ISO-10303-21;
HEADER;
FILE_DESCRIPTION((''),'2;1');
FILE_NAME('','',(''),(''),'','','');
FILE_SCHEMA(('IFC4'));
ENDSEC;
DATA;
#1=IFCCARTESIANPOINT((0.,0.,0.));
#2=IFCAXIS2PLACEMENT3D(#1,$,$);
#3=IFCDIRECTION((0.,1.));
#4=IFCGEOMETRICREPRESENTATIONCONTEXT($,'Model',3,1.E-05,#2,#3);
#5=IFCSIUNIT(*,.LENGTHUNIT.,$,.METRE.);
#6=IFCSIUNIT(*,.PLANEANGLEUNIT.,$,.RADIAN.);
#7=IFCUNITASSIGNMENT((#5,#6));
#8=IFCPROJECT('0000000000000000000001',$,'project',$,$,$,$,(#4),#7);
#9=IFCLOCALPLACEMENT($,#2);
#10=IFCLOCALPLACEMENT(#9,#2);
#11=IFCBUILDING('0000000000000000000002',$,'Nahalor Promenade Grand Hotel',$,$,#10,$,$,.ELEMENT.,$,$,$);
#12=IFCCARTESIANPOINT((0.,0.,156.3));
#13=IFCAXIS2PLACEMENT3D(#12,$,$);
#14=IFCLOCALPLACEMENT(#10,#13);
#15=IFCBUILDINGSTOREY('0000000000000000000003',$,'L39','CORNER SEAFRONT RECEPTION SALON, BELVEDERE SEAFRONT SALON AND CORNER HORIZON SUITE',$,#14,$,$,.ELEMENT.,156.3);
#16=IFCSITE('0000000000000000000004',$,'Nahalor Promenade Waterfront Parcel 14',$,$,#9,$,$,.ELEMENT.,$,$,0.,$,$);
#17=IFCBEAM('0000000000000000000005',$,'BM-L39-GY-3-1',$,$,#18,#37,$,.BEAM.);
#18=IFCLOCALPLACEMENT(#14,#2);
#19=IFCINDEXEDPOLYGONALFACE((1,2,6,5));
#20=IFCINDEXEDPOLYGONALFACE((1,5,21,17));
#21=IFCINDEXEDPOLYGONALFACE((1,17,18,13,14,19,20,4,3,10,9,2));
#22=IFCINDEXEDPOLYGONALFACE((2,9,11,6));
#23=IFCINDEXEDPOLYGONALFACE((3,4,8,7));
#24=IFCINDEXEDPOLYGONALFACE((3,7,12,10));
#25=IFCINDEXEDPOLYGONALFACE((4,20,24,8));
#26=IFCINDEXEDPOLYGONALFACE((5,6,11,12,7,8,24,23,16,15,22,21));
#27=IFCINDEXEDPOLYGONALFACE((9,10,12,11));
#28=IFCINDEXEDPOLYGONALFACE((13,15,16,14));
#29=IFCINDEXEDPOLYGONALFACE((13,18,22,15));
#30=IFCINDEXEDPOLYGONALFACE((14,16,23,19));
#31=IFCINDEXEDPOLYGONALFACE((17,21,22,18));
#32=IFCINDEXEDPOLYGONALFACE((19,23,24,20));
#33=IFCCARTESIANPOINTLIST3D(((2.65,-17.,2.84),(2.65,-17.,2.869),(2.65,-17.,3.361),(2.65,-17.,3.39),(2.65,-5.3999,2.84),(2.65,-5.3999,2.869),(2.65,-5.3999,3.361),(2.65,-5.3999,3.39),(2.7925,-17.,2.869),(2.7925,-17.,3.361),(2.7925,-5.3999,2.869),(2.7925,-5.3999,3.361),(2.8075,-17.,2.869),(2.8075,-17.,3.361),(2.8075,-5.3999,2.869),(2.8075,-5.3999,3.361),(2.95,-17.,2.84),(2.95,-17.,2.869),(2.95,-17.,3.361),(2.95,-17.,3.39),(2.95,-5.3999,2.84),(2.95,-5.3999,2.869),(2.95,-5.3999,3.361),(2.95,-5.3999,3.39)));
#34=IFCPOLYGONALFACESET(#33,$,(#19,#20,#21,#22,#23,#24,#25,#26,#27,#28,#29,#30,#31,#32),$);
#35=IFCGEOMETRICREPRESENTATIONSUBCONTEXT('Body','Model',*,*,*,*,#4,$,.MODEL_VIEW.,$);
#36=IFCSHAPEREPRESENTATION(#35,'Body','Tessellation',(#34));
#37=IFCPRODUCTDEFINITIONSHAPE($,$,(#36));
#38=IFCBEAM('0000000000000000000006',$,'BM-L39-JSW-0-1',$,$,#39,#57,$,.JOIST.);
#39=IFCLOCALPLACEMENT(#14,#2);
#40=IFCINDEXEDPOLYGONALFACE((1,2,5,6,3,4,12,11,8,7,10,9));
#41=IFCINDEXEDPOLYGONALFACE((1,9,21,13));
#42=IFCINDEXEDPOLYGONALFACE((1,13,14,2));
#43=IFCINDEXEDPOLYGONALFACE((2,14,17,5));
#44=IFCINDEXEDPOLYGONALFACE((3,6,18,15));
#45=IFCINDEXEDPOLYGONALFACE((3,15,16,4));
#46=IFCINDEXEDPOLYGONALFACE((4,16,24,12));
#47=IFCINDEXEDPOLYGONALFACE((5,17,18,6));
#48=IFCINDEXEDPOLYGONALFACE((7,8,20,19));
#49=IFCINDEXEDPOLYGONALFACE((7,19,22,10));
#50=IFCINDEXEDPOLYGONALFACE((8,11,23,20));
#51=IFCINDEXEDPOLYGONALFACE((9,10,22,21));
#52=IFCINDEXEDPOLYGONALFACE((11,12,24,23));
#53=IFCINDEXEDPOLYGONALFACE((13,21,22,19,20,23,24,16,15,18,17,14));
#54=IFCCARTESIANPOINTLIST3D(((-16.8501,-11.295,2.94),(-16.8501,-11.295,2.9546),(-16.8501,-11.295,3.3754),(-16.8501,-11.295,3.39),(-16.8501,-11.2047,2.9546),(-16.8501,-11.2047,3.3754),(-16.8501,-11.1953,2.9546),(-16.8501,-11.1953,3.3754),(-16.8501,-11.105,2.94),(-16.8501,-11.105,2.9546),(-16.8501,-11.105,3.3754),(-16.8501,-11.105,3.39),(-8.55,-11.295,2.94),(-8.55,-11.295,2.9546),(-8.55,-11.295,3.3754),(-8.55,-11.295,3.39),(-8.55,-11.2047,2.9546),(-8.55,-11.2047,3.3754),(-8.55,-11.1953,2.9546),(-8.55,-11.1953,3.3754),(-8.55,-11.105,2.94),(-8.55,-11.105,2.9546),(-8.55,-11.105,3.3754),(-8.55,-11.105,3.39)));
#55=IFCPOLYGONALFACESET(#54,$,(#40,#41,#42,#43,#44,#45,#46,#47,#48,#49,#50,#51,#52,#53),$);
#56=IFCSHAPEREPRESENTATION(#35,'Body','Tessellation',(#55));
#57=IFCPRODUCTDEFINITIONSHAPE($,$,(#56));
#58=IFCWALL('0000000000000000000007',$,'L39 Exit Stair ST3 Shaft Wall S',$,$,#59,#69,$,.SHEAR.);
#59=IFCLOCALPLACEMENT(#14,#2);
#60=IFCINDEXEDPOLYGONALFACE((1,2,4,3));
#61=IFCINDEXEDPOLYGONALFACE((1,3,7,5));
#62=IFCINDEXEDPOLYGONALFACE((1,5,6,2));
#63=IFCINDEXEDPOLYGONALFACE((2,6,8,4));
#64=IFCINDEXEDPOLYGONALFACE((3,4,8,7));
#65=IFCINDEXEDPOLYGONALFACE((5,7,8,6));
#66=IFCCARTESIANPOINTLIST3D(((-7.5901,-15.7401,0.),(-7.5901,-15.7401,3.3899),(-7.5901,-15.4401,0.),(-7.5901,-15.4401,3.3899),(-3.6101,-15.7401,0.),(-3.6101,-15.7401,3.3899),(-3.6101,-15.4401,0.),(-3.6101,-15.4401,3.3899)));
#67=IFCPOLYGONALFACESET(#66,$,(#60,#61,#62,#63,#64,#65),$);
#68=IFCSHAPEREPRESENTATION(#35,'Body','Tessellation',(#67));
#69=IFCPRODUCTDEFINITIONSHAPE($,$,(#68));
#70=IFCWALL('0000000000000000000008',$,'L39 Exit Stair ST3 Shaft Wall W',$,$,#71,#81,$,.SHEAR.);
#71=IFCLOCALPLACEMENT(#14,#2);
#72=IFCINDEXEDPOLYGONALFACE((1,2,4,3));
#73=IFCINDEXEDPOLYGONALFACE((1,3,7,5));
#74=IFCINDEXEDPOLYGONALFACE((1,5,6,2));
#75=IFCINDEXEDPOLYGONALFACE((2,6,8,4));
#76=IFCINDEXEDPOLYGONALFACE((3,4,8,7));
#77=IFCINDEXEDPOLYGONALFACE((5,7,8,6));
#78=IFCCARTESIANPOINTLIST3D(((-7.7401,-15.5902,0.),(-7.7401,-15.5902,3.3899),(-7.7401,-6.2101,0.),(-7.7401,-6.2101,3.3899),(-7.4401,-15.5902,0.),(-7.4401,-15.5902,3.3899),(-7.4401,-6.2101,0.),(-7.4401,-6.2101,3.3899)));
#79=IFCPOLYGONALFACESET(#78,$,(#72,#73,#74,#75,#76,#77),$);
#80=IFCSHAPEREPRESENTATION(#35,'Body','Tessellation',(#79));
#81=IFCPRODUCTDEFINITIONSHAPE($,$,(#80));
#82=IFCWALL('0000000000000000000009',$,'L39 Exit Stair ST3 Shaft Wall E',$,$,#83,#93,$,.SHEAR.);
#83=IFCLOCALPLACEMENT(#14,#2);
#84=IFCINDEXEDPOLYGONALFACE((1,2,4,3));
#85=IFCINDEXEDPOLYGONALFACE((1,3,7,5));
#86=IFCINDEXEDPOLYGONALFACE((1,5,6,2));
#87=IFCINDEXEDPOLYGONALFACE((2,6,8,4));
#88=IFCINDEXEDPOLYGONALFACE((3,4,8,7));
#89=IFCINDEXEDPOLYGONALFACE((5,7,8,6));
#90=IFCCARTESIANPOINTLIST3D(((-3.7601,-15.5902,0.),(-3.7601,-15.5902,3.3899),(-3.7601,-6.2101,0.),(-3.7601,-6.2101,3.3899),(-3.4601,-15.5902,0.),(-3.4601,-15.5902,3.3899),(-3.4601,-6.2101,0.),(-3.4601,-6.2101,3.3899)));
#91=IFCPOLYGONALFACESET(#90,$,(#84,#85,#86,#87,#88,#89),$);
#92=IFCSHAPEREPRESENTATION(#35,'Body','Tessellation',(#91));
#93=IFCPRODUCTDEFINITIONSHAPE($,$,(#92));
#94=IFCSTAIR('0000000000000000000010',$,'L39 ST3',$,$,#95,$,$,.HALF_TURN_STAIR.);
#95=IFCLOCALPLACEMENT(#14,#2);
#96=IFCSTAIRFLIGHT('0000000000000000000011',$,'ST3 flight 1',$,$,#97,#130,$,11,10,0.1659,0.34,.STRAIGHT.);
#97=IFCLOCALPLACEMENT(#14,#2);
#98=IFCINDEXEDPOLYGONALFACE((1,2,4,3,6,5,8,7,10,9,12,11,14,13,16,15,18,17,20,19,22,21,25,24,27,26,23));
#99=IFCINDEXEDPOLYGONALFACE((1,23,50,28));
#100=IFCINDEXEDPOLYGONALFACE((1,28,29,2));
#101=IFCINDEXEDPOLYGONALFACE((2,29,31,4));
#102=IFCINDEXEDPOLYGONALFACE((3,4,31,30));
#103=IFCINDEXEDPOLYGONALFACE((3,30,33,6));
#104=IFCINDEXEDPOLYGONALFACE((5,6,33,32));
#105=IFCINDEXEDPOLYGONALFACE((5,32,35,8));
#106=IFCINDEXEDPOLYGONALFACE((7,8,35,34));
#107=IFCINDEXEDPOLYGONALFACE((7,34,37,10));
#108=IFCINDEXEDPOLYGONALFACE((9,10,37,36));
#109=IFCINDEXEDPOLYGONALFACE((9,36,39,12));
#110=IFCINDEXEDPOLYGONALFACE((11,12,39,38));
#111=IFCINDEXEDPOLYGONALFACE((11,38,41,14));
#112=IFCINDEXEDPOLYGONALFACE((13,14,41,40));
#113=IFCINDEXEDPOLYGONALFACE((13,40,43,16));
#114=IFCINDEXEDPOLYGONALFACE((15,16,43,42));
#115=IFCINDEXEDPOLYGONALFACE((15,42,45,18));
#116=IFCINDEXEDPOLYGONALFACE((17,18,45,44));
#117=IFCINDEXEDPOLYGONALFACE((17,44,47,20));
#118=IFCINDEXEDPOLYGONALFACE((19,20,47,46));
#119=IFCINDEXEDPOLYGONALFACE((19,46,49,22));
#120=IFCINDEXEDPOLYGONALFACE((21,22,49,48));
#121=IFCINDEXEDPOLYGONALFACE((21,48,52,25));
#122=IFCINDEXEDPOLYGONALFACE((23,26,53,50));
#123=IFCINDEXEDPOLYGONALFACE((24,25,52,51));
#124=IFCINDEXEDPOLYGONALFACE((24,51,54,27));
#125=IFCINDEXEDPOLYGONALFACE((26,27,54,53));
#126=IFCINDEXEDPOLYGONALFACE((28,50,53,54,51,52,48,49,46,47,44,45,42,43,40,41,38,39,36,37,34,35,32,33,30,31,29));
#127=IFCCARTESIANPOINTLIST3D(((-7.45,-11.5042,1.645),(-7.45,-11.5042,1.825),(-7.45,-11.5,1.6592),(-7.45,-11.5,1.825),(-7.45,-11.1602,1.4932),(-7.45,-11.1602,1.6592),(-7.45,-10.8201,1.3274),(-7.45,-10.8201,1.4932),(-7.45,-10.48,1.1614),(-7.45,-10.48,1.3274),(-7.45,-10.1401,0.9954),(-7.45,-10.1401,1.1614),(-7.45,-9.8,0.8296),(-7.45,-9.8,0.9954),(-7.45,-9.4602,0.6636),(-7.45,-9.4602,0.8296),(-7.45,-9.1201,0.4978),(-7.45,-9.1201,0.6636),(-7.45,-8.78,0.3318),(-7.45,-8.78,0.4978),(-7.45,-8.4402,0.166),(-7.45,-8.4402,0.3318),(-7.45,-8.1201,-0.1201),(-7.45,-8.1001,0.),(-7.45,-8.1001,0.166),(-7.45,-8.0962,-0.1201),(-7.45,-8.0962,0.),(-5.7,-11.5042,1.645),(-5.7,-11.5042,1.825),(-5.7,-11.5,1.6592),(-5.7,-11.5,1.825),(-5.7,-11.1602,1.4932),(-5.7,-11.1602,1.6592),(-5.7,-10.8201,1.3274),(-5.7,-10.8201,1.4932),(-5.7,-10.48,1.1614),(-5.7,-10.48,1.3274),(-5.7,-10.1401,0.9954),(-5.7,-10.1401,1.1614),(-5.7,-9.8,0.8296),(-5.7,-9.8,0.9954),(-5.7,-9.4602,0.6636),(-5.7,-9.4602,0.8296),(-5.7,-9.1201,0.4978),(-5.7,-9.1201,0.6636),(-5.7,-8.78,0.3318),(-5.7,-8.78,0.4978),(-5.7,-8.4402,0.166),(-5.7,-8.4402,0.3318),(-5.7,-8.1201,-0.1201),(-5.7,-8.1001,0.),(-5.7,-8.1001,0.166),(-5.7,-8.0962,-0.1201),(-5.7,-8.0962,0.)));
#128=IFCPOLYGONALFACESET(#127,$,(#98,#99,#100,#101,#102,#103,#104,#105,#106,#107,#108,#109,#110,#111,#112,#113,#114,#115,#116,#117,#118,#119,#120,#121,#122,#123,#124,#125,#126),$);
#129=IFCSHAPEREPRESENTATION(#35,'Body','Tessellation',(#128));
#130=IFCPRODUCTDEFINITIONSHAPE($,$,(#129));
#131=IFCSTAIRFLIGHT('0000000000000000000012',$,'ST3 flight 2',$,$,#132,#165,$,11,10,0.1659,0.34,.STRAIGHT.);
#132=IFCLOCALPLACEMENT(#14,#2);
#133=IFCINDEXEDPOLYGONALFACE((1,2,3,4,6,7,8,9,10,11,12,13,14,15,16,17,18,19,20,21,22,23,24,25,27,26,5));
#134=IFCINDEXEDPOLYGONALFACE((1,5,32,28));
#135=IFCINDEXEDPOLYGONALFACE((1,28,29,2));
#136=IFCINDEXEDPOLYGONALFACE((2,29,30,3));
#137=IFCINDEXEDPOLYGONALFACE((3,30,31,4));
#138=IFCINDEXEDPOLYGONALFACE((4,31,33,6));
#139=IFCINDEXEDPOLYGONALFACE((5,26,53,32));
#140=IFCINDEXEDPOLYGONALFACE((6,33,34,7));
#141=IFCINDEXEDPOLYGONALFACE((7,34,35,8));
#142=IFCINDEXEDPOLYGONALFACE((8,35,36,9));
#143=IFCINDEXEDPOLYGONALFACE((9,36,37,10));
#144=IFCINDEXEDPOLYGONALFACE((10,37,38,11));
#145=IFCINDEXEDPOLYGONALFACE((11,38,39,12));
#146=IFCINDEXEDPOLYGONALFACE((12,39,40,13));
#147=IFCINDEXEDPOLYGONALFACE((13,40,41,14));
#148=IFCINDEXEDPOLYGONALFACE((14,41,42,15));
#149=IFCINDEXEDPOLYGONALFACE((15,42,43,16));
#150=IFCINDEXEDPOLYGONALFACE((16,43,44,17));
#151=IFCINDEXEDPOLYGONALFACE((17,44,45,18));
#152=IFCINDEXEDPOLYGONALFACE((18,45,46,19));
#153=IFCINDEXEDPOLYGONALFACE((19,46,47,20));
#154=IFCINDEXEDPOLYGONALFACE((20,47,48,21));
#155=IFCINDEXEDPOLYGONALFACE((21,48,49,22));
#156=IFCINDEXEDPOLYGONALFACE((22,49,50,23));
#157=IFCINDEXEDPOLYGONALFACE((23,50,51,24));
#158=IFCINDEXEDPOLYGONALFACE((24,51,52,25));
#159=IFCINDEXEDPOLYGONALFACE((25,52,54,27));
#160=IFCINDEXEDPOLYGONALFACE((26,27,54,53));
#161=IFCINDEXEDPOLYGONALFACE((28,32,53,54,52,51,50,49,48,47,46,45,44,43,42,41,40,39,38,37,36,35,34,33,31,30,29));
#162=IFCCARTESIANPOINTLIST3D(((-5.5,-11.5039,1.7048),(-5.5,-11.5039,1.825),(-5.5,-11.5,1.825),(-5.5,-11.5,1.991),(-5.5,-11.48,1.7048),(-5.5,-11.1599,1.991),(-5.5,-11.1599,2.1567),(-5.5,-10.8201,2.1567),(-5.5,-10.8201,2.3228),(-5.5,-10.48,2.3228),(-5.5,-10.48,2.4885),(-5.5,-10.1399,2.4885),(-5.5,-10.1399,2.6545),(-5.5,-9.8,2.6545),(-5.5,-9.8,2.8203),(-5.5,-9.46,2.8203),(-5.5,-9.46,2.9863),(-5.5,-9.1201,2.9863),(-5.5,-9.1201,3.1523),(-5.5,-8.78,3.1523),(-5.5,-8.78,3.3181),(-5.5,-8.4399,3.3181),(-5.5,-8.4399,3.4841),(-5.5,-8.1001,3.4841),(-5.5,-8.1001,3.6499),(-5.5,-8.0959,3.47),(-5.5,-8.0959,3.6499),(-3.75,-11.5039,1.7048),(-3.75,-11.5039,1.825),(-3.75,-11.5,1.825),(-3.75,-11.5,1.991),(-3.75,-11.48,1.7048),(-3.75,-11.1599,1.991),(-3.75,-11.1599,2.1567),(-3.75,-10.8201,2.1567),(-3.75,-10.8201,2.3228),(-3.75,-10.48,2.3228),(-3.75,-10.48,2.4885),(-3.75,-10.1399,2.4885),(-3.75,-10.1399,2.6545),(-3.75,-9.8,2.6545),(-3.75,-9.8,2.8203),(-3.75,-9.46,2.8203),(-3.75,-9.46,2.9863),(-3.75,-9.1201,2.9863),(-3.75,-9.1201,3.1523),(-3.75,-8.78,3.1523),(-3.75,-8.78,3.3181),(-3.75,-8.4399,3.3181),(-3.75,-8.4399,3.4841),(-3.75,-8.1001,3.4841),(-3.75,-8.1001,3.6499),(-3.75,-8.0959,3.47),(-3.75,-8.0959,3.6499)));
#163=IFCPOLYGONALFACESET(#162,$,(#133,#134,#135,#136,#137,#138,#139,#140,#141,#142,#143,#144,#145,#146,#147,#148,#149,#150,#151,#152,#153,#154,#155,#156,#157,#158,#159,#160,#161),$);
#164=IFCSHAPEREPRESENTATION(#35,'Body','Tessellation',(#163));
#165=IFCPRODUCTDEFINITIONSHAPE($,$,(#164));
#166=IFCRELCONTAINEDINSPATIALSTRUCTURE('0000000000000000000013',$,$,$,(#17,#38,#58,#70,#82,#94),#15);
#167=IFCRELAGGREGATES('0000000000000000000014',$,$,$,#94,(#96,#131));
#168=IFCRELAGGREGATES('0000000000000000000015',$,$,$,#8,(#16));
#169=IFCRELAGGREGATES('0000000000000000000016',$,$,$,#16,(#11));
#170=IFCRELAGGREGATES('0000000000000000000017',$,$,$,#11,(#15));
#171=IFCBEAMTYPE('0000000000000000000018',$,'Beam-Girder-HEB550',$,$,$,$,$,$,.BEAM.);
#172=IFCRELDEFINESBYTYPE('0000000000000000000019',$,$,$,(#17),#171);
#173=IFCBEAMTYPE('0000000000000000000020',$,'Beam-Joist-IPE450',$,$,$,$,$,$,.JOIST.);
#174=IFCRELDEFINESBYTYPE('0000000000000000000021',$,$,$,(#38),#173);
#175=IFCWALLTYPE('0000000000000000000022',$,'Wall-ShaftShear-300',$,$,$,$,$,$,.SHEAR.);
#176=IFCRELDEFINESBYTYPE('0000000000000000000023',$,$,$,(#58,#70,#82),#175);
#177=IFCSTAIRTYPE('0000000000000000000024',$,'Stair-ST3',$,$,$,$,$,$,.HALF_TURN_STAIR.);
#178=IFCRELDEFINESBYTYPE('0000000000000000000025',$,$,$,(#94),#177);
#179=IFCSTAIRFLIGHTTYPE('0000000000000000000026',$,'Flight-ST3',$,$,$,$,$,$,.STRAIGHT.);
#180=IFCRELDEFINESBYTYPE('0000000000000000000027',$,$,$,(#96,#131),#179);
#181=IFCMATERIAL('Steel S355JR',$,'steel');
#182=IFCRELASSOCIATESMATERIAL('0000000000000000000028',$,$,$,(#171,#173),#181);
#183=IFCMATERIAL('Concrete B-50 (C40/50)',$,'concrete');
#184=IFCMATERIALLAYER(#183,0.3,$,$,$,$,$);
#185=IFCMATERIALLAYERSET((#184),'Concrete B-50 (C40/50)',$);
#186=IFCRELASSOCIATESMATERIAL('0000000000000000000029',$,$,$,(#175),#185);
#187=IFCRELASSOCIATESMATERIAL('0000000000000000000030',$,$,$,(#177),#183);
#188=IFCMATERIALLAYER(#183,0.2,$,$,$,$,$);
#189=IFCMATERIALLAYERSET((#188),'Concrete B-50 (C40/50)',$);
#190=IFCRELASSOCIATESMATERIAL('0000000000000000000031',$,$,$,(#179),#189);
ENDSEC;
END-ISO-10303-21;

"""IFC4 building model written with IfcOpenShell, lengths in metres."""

from ifc_helpers import new_model, si_unit, direction, frame, frame_2d, origin, origin_2d, place, context, subcontext, project, spatial, polyline, rectangle, i_section, outline, extrude, source, transform, mapped, material, layer, layer_set, material_profile, profile_set, type_object, element, aggregate, save


model = new_model("IFC4")

# Units and contexts
model_context = context("Model", 3, precision=1e-05, world=origin(), true_north=direction((0.0, 1.0)))
body_context = subcontext(model_context, "Body", "Model", "MODEL_VIEW")
ifc_project = project(units=[si_unit("LENGTHUNIT", "METRE"), si_unit("PLANEANGLEUNIT", "RADIAN")], contexts=[model_context])

# Site, building, storey
site_placement = place(None, origin())
site = spatial("IfcSite", under=ifc_project, at=site_placement, Name="Nahalor Promenade Waterfront Parcel 14", CompositionType="ELEMENT", RefElevation=0.0)
building_placement = place(site_placement, origin())
building = spatial("IfcBuilding", under=site, at=building_placement, Name="Nahalor Promenade Grand Hotel", CompositionType="ELEMENT")
storey_placement = place(building_placement, frame((0.0, 0.0, 156.3)))
storey = spatial("IfcBuildingStorey", under=building, at=storey_placement, Name="L39", Description="CORNER SEAFRONT RECEPTION SALON, BELVEDERE SEAFRONT SALON AND CORNER HORIZON SUITE", CompositionType="ELEMENT", Elevation=156.3)

# Beams
ifc_material_1 = material(Name="Steel S355JR", Category="steel")
ifc_material_profile_1 = material_profile(ifc_material_1, i_section(OverallWidth=0.3, OverallDepth=0.55, WebThickness=0.015, FlangeThickness=0.029, at=origin_2d()), Name="HEB 550")
ifc_profile_set_1 = profile_set([ifc_material_profile_1], Name="Steel S355JR")
beam_type_1 = type_object("IfcBeamType", Name="Beam-Girder-HEB550", PredefinedType="BEAM", material=ifc_profile_set_1)
shared_shape_1 = source(origin(), body_context, "Body", "SweptSolid", [
    extrude(i_section(OverallWidth=0.3, OverallDepth=0.55, WebThickness=0.015, FlangeThickness=0.029, at=origin_2d()), origin(), (0.0, 0.0, 1.0), 11.6001),
])
for number, where, z_axis, x_axis, name in (
    (1, (2.8, -17.0, 3.115), (0.0, 1.0, 0.0), (-1.0, 0.0, 0.0), "BM-L39-GY-3-1"),
):
    element("IfcBeam", number, at=place(storey_placement, frame(where, z_axis=z_axis, x_axis=x_axis)), inside=storey, type_object=beam_type_1, Name=name, PredefinedType="BEAM", context=body_context, shape_type="MappedRepresentation", body=[
        mapped(shared_shape_1, transform((0.0, 0.0, 0.0), scale=1.0)),
    ])
ifc_material_profile_2 = material_profile(ifc_material_1, i_section(OverallWidth=0.19, OverallDepth=0.45, WebThickness=0.0094, FlangeThickness=0.0146, at=origin_2d()), Name="IPE 450")
ifc_profile_set_2 = profile_set([ifc_material_profile_2], Name="Steel S355JR")
beam_type_2 = type_object("IfcBeamType", Name="Beam-Joist-IPE450", PredefinedType="JOIST", material=ifc_profile_set_2)
shared_shape_2 = source(origin(), body_context, "Body", "SweptSolid", [
    extrude(i_section(OverallWidth=0.19, OverallDepth=0.45, WebThickness=0.0094, FlangeThickness=0.0146, at=origin_2d()), origin(), (0.0, 0.0, 1.0), 8.3),
])
beam_placement = place(storey_placement, frame((-16.8501, -11.2, 3.165), z_axis=(1.0, 0.0, 0.0), x_axis=(0.0, 1.0, 0.0)))
element("IfcBeam", 2, at=beam_placement, inside=storey, type_object=beam_type_2, Name="BM-L39-JSW-0-1", PredefinedType="JOIST", context=body_context, shape_type="MappedRepresentation", body=[
    mapped(shared_shape_2, transform((0.0, 0.0, 0.0), scale=1.0)),
])

# Wall
ifc_material_2 = material(Name="Concrete B-50 (C40/50)", Category="concrete")
ifc_layer_1 = layer(ifc_material_2, 0.3)
ifc_layer_set_1 = layer_set([ifc_layer_1], Name="Concrete B-50 (C40/50)")
wall_type = type_object("IfcWallType", Name="Wall-ShaftShear-300", PredefinedType="SHEAR", material=ifc_layer_set_1)
shared_shape_3 = source(origin(), body_context, "Body", "SweptSolid", [
    extrude(rectangle(XDim=3.98, YDim=0.3, at=frame_2d((1.99, 0.0))), origin(), (0.0, 0.0, 1.0), 3.3899),
])
wall_1_placement = place(storey_placement, frame((-7.5901, -15.5901, 0.0), z_axis=(0.0, 0.0, 1.0), x_axis=(1.0, 0.0, 0.0)))
element("IfcWall", 3, at=wall_1_placement, inside=storey, type_object=wall_type, Name="L39 Exit Stair ST3 Shaft Wall S", PredefinedType="SHEAR", context=body_context, shape_type="MappedRepresentation", body=[
    mapped(shared_shape_3, transform((0.0, 0.0, 0.0), scale=1.0)),
])

# Walls
shared_shape_4 = source(origin(), body_context, "Body", "SweptSolid", [
    extrude(rectangle(XDim=9.3801, YDim=0.3, at=frame_2d((4.6899, 0.0))), origin(), (0.0, 0.0, 1.0), 3.3899),
])
for number, where, z_axis, x_axis, name in (
    (4, (-7.5901, -15.5901, 0.0), (0.0, 0.0, 1.0), (0.0, 1.0, 0.0), "L39 Exit Stair ST3 Shaft Wall W"),
    (5, (-3.6101, -15.5901, 0.0), (0.0, 0.0, 1.0), (0.0, 1.0, 0.0), "L39 Exit Stair ST3 Shaft Wall E"),
):
    element("IfcWall", number, at=place(storey_placement, frame(where, z_axis=z_axis, x_axis=x_axis)), inside=storey, type_object=wall_type, Name=name, PredefinedType="SHEAR", context=body_context, shape_type="MappedRepresentation", body=[
        mapped(shared_shape_4, transform((0.0, 0.0, 0.0), scale=1.0)),
    ])

# Stair, stair flights
stair_type = type_object("IfcStairType", Name="Stair-ST3", PredefinedType="HALF_TURN_STAIR", material=ifc_material_2)
stair_placement = place(storey_placement, origin())
stair = element("IfcStair", 6, at=stair_placement, inside=storey, type_object=stair_type, Name="L39 ST3", PredefinedType="HALF_TURN_STAIR")
ifc_layer_2 = layer(ifc_material_2, 0.2)
ifc_layer_set_2 = layer_set([ifc_layer_2], Name="Concrete B-50 (C40/50)")
stair_flight_type = type_object("IfcStairFlightType", Name="Flight-ST3", PredefinedType="STRAIGHT", material=ifc_layer_set_2)
shared_shape_5 = source(origin(), body_context, "Body", "SweptSolid", [
    extrude(outline(polyline([(-0.0039, -0.1201), (-0.0039, 0.0), (0.0, 0.0), (0.0, 0.166), (0.3401, 0.166), (0.3401, 0.3318), (0.6799, 0.3318), (0.6799, 0.4978), (1.02, 0.4978), (1.02, 0.6636), (1.3601, 0.6636), (1.3601, 0.8296), (1.7, 0.8296), (1.7, 0.9954), (2.04, 0.9954), (2.04, 1.1614), (2.3799, 1.1614), (2.3799, 1.3274), (2.72, 1.3274), (2.72, 1.4932), (3.0601, 1.4932), (3.0601, 1.6592), (3.3999, 1.6592), (3.3999, 1.825), (3.4041, 1.825), (3.4041, 1.645), (0.02, -0.1201), (-0.0039, -0.1201)])), frame((0.0, 0.875, 0.0), z_axis=(0.0, -1.0, 0.0), x_axis=(1.0, 0.0, 0.0)), (0.0, 0.0, 1.0), 1.75),
])
stair_flight_1_placement = place(storey_placement, frame((-6.575, -8.1001, 0.0), z_axis=(0.0, 0.0, 1.0), x_axis=(0.0, -1.0, 0.0)))
stair_flight_1 = element("IfcStairFlight", 7, at=stair_flight_1_placement, type_object=stair_flight_type, Name="ST3 flight 1", NumberOfRisers=11, NumberOfTreads=10, PredefinedType="STRAIGHT", RiserHeight=0.1659, TreadLength=0.34, context=body_context, shape_type="MappedRepresentation", body=[
    mapped(shared_shape_5, transform((0.0, 0.0, 0.0), scale=1.0)),
])
stair_flight_2_placement = place(storey_placement, frame((-4.625, -11.5, 1.825), z_axis=(0.0, 0.0, 1.0), x_axis=(0.0, 1.0, 0.0)))
stair_flight_2 = element("IfcStairFlight", 8, at=stair_flight_2_placement, type_object=stair_flight_type, Name="ST3 flight 2", NumberOfRisers=11, NumberOfTreads=10, PredefinedType="STRAIGHT", RiserHeight=0.1659, TreadLength=0.34, context=body_context, shape_type="MappedRepresentation", body=[
    mapped(shared_shape_5, transform((0.0, 0.0, 0.0), scale=1.0)),
])
aggregate(stair, [stair_flight_1, stair_flight_2])

save(model, "model.ifc")
